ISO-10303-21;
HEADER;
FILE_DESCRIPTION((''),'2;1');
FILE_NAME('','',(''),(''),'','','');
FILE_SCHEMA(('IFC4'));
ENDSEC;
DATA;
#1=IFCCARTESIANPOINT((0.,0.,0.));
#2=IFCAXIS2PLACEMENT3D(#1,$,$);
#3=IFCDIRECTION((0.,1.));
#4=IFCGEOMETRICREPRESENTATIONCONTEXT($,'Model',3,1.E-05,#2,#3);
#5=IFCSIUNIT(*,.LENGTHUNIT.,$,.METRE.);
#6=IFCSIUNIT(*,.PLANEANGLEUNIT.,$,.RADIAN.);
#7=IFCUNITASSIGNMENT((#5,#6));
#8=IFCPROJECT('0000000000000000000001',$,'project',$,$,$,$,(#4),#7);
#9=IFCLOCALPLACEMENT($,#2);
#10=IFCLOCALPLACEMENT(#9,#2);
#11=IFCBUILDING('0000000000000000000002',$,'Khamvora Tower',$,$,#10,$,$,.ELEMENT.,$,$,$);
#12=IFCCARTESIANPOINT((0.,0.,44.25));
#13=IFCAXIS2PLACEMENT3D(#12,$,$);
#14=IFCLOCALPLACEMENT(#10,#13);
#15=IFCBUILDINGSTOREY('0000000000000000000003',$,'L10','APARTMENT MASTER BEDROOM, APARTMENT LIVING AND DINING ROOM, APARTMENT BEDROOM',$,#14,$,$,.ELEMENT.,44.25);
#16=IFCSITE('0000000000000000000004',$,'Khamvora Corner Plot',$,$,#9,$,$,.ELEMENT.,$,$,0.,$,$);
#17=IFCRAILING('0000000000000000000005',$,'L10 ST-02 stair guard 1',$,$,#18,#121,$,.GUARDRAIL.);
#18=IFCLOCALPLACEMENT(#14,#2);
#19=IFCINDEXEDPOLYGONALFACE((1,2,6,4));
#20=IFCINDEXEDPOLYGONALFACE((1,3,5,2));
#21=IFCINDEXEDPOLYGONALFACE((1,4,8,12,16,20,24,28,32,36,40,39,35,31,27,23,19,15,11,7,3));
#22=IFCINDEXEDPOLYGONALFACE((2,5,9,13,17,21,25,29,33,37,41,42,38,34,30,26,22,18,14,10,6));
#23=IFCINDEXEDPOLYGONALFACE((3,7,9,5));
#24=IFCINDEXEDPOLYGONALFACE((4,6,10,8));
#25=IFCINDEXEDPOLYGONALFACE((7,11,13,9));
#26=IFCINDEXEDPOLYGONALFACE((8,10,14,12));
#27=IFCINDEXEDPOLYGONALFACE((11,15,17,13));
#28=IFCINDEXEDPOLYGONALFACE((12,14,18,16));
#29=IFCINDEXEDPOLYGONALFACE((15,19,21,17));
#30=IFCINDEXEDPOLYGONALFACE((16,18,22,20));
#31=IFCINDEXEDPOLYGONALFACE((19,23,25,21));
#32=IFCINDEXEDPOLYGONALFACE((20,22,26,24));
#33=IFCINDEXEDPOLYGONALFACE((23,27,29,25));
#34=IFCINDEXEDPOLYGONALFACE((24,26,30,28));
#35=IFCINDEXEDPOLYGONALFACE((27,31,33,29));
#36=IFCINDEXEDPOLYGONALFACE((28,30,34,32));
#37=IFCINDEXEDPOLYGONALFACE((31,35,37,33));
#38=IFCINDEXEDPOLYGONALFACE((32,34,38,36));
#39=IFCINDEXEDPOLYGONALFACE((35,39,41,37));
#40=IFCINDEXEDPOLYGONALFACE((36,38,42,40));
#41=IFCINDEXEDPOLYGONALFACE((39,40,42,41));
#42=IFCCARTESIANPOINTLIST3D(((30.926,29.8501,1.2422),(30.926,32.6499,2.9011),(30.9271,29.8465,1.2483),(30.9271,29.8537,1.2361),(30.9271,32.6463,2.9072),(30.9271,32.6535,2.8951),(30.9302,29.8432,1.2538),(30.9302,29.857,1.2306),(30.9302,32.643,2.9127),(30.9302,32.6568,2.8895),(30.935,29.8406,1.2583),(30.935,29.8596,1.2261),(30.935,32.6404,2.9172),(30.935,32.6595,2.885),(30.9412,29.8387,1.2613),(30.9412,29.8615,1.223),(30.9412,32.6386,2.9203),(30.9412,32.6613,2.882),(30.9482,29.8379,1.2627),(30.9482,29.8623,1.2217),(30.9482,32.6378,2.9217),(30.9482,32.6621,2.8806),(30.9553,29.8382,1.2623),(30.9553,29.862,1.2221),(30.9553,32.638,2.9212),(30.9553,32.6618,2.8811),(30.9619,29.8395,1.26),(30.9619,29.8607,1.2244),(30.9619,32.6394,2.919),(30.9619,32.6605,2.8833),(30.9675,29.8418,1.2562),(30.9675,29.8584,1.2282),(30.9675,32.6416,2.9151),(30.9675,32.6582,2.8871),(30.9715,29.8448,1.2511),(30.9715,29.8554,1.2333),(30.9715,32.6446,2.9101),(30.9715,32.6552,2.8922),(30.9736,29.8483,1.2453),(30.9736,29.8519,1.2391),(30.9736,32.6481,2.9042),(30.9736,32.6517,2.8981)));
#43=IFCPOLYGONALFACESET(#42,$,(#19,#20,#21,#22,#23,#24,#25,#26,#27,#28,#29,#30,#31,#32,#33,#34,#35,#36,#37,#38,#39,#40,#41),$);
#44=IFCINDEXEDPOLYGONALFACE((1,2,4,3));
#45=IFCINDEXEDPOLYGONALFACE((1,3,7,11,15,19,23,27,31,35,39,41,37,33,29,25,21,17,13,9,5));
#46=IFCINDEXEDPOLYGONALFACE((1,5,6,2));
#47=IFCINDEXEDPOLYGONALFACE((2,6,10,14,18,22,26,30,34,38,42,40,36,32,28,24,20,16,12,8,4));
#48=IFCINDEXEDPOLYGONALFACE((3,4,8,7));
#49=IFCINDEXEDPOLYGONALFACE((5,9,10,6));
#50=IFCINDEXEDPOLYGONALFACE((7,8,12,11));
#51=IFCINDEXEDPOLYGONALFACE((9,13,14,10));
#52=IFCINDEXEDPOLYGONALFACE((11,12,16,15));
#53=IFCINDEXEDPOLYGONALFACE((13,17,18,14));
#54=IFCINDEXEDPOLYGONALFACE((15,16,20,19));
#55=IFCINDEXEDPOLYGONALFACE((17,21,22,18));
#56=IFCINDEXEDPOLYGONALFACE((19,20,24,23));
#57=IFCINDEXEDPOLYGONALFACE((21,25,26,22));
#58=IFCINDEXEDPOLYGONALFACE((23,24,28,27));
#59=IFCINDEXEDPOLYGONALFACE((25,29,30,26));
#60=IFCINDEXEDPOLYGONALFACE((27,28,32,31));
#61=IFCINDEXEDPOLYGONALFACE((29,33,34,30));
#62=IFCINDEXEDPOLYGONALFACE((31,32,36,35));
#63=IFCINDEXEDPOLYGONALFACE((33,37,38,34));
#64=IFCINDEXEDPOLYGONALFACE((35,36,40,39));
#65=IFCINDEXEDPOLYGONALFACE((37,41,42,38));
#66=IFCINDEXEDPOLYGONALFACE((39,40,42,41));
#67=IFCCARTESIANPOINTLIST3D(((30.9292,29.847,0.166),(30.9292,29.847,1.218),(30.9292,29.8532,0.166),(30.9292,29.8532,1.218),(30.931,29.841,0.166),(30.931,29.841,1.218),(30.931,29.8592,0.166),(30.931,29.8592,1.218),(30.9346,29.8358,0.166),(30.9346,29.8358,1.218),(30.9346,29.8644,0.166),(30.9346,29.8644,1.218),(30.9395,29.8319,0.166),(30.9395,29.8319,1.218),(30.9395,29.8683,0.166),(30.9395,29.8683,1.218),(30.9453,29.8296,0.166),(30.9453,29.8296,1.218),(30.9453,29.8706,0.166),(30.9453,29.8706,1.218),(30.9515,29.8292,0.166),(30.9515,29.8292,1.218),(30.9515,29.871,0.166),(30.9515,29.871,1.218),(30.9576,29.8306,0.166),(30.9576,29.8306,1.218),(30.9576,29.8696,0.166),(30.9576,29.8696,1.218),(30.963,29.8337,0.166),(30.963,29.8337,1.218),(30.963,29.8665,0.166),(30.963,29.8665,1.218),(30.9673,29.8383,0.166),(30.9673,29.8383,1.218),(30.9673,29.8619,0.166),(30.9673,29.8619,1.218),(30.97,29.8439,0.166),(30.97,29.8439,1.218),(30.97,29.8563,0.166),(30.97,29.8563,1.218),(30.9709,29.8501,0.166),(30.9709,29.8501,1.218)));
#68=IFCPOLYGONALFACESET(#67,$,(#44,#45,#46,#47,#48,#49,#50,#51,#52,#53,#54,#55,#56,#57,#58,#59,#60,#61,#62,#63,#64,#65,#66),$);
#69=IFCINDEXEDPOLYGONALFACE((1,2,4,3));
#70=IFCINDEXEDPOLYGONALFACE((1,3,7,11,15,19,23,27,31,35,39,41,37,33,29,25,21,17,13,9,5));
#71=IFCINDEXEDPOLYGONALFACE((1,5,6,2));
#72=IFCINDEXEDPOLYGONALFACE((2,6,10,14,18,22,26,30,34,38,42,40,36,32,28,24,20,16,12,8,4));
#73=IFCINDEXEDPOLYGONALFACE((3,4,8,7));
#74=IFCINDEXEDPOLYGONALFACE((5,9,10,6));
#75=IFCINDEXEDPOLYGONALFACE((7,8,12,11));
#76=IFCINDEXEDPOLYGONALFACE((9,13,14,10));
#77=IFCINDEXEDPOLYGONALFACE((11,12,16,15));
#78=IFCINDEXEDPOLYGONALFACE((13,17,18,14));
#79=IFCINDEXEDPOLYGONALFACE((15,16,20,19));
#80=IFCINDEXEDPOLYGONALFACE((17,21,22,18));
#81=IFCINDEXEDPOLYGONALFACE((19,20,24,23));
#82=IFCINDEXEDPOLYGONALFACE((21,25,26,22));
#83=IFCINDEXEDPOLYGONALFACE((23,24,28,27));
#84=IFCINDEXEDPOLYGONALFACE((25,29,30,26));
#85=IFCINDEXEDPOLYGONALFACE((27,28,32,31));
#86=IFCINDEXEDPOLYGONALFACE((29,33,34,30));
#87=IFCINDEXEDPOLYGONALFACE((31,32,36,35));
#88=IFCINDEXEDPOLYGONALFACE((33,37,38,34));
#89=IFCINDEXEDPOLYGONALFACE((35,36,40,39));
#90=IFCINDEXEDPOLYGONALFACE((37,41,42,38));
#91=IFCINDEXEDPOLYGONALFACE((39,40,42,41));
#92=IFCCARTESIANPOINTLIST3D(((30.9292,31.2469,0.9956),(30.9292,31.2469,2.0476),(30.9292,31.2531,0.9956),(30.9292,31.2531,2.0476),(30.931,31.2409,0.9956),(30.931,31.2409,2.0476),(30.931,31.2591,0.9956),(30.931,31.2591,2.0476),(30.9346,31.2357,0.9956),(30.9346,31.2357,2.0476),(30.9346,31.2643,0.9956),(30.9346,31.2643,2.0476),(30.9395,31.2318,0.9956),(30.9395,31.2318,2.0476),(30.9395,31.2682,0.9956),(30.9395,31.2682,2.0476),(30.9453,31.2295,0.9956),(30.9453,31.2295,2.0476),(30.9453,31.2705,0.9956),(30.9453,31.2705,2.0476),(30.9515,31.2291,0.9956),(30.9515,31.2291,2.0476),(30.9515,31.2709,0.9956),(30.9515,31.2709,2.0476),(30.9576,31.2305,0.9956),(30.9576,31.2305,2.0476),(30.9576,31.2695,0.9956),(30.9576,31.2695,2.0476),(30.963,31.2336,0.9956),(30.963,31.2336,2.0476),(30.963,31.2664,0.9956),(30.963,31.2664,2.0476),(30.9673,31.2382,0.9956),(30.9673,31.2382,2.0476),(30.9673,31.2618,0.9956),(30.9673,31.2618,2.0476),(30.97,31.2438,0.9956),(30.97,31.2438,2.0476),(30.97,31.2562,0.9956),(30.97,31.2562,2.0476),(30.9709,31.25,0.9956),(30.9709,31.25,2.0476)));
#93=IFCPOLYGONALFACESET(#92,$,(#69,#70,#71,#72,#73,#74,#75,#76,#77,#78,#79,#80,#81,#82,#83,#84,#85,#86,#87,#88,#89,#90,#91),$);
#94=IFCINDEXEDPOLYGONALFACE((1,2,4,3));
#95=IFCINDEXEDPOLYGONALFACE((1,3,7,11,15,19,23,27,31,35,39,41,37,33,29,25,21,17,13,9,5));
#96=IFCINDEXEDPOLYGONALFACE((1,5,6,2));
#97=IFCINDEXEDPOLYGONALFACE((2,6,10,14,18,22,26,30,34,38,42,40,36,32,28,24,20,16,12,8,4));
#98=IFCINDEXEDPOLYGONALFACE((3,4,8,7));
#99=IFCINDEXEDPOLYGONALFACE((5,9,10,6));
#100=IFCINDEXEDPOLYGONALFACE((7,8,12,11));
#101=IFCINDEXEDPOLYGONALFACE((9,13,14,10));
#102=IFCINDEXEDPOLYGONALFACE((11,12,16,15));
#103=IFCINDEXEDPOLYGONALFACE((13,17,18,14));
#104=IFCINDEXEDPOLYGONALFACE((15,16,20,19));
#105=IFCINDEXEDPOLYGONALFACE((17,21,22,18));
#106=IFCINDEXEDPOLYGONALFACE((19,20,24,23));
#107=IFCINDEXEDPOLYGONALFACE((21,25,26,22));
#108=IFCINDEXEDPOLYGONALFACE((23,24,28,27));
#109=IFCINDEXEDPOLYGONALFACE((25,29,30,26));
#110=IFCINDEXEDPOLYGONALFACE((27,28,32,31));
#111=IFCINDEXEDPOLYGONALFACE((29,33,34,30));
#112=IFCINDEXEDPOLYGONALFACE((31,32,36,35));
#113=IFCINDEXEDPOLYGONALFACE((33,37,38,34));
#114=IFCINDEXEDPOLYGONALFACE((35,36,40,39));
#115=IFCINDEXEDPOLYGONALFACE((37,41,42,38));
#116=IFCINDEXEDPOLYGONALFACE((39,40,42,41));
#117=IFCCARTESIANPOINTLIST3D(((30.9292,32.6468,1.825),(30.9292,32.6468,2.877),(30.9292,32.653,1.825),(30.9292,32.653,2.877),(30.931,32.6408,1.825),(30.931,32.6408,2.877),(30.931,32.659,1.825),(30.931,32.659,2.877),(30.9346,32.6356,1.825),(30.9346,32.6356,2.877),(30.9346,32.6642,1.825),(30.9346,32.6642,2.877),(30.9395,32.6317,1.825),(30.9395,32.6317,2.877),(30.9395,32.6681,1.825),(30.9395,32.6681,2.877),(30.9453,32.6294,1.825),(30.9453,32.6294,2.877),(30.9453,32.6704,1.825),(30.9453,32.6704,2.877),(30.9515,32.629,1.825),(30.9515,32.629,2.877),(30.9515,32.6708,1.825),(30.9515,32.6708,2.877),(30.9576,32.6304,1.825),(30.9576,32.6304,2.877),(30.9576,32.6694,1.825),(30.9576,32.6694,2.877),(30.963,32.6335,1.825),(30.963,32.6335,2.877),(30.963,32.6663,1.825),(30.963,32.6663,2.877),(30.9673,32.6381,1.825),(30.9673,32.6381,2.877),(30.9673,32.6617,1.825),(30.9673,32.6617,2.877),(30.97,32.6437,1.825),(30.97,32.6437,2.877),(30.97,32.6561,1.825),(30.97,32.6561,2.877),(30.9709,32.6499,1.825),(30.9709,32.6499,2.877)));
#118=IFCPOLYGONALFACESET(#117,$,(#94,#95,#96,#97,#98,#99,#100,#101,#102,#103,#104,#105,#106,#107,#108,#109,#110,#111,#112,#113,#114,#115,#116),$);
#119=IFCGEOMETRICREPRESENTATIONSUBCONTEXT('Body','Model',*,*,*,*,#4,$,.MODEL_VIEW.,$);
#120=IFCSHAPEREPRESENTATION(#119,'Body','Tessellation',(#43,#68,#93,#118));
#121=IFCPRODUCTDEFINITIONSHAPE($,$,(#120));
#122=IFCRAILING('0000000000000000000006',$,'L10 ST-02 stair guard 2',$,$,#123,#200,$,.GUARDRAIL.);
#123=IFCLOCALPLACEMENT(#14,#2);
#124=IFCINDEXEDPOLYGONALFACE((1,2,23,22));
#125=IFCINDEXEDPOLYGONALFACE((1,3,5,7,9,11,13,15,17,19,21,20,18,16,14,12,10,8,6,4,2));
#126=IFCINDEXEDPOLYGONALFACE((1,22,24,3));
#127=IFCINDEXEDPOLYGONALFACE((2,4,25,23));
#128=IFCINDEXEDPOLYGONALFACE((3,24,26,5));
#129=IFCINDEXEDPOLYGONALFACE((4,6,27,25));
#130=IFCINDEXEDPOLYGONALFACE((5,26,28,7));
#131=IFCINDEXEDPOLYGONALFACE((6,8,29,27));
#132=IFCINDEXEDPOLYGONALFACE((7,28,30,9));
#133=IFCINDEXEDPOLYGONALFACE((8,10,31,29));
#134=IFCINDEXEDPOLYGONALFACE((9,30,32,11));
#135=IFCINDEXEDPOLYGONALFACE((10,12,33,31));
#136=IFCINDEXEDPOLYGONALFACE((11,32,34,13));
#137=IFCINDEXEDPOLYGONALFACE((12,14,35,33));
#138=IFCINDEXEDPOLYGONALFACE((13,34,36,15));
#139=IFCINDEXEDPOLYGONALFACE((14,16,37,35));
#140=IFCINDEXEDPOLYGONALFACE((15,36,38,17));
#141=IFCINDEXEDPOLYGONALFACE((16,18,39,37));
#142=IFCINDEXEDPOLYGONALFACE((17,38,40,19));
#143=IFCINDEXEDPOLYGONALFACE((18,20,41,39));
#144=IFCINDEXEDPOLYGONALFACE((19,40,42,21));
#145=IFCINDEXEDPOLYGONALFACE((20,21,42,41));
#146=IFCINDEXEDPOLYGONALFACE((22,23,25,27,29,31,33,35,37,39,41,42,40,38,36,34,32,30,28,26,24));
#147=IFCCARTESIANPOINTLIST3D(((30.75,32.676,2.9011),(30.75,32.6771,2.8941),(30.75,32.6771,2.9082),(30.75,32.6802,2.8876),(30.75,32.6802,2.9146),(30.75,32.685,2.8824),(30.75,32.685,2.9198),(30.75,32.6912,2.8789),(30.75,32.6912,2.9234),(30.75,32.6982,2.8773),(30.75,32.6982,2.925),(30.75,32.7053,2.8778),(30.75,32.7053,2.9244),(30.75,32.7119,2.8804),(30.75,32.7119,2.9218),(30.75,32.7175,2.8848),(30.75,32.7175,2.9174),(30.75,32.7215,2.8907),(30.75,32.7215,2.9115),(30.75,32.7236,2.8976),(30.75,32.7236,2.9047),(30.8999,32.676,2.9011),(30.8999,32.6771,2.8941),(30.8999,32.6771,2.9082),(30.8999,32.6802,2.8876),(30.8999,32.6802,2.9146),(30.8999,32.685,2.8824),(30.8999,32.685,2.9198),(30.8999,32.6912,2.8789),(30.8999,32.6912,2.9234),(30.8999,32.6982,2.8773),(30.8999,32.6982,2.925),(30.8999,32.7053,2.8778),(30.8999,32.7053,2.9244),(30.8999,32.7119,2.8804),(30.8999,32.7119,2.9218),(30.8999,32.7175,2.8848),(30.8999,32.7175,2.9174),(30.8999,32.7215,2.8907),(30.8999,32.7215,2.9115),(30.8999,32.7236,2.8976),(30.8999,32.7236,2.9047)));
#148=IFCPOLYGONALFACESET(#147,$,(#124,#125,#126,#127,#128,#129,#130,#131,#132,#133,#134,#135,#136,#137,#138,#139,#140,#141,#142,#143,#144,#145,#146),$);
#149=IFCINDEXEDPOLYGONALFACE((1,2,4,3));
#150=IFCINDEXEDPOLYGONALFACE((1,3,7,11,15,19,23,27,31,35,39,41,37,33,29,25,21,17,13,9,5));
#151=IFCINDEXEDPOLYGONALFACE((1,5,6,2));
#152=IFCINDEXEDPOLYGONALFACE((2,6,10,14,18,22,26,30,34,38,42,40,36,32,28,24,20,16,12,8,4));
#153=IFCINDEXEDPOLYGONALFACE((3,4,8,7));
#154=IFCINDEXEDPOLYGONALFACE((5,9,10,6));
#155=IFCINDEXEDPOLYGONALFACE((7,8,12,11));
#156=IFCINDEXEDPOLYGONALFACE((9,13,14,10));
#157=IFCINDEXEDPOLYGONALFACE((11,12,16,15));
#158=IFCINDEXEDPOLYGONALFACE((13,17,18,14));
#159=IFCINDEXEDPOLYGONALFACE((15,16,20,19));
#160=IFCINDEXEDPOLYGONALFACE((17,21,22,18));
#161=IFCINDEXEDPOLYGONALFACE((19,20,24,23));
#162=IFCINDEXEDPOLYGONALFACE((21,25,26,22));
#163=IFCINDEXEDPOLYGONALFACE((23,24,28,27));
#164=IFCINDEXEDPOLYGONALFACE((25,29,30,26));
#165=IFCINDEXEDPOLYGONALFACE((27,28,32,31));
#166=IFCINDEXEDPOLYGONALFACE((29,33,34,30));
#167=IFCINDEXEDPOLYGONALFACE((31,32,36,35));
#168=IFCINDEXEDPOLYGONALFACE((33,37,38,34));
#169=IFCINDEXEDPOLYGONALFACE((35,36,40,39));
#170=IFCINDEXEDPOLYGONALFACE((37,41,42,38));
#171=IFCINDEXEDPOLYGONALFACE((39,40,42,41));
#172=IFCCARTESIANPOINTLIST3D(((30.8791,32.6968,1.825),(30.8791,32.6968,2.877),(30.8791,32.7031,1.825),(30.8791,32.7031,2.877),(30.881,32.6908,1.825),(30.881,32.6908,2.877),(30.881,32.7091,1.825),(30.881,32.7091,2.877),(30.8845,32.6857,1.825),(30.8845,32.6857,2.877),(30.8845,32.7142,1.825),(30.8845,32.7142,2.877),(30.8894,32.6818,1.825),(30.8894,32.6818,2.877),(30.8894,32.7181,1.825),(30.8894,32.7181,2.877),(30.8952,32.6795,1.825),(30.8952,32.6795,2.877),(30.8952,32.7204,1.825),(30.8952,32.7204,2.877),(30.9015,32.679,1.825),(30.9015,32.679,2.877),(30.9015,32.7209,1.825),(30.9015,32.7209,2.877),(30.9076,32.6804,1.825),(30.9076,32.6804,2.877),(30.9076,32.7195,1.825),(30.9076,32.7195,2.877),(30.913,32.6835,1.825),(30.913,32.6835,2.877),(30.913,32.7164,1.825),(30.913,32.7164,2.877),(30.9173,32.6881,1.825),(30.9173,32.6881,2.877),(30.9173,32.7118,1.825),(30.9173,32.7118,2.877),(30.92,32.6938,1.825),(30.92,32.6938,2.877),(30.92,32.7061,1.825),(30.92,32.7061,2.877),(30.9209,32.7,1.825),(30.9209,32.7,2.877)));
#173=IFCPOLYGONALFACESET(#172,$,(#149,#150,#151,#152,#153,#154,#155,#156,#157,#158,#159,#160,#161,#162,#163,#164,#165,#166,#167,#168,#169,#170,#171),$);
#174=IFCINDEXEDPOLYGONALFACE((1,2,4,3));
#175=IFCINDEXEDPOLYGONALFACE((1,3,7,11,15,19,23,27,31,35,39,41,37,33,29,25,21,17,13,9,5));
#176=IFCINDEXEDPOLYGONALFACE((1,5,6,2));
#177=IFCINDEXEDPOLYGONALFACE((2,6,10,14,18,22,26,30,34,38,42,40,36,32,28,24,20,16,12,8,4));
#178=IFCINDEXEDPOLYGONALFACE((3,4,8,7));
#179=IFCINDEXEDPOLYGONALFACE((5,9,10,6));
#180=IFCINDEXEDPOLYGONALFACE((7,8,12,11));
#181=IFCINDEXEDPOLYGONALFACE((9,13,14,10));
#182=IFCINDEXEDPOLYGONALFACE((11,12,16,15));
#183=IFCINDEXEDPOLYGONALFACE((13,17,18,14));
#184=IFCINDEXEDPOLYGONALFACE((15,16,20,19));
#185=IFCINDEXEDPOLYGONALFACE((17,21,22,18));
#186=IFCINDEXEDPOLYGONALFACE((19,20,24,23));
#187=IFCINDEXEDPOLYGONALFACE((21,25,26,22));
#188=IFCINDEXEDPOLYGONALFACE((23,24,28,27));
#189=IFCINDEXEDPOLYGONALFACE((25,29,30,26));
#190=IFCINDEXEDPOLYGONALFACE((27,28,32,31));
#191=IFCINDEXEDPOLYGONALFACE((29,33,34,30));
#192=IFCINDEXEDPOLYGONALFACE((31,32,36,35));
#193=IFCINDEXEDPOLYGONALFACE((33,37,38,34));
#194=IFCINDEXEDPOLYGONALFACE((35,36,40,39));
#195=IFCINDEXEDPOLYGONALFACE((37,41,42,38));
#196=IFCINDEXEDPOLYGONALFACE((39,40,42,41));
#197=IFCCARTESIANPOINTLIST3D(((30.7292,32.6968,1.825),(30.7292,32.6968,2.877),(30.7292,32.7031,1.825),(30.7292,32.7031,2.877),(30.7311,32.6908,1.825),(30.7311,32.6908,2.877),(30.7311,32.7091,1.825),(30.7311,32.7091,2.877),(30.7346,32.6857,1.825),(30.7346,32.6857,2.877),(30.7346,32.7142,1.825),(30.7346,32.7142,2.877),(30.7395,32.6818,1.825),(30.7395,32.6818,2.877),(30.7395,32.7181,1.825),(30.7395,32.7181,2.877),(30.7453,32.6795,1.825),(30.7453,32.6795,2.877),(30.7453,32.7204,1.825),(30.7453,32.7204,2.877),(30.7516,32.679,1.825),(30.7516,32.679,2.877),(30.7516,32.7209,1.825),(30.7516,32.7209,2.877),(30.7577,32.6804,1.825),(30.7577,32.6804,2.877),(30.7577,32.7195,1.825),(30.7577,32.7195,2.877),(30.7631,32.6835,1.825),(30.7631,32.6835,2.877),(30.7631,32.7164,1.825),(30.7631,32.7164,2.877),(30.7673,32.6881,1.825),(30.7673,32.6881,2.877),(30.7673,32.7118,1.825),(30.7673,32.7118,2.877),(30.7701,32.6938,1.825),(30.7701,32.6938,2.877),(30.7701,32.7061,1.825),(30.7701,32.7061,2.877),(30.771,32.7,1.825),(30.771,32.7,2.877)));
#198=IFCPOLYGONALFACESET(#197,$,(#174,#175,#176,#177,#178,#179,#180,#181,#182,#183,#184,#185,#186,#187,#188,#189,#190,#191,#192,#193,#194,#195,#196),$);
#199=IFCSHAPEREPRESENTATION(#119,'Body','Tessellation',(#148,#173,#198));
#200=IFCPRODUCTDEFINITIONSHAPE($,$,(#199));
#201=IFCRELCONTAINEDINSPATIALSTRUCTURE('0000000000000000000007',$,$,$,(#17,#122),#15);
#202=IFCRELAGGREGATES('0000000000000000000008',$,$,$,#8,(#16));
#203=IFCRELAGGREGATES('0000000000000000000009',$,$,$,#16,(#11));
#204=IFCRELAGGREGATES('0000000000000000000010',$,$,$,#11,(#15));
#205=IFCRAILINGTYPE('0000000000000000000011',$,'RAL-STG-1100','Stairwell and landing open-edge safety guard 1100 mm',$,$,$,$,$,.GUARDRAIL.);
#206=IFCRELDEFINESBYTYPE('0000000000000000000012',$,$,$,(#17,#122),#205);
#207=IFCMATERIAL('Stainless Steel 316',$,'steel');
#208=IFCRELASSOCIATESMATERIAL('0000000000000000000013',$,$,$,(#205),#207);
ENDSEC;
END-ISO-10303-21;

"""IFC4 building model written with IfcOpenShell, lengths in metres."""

from ifc_helpers import new_model, si_unit, direction, frame, origin, origin_2d, place, context, subcontext, project, spatial, circle, extrude, material, type_object, element, save


model = new_model("IFC4")

# Units and contexts
model_context = context("Model", 3, precision=1e-05, world=origin(), true_north=direction((0.0, 1.0)))
body_context = subcontext(model_context, "Body", "Model", "MODEL_VIEW")
ifc_project = project(units=[si_unit("LENGTHUNIT", "METRE"), si_unit("PLANEANGLEUNIT", "RADIAN")], contexts=[model_context])

# Site, building, storey
site_placement = place(None, origin())
site = spatial("IfcSite", under=ifc_project, at=site_placement, Name="Khamvora Corner Plot", CompositionType="ELEMENT", RefElevation=0.0)
building_placement = place(site_placement, origin())
building = spatial("IfcBuilding", under=site, at=building_placement, Name="Khamvora Tower", CompositionType="ELEMENT")
storey_placement = place(building_placement, frame((0.0, 0.0, 44.25)))
storey = spatial("IfcBuildingStorey", under=building, at=storey_placement, Name="L10", Description="APARTMENT MASTER BEDROOM, APARTMENT LIVING AND DINING ROOM, APARTMENT BEDROOM", CompositionType="ELEMENT", Elevation=44.25)

# Railings
ifc_material_1 = material(Name="Stainless Steel 316", Category="steel")
railing_type_1 = type_object("IfcRailingType", Name="RAL-STG-1100", Description="Stairwell and landing open-edge safety guard 1100 mm", PredefinedType="GUARDRAIL", material=ifc_material_1)
railing_1_placement = place(storey_placement, frame((30.95, 29.8501, 0.166)))
element("IfcRailing", 1, at=railing_1_placement, inside=storey, type_object=railing_type_1, Name="L10 ST-02 stair guard 1", PredefinedType="GUARDRAIL", context=body_context, shape_type="SweptSolid", body=[
    extrude(circle(Radius=0.0239, at=origin_2d()), frame((0.0, 0.0, 1.0762), z_axis=(0.0, 0.86032, 0.509755), x_axis=(-1.0, 0.0, 0.0)), (0.0, 0.0, 1.0), 3.2544),
    extrude(circle(Radius=0.021, at=origin_2d()), origin(), (0.0, 0.0, 1.0), 1.052),
    extrude(circle(Radius=0.021, at=origin_2d()), frame((0.0, 1.3999, 0.8296)), (0.0, 0.0, 1.0), 1.052),
    extrude(circle(Radius=0.021, at=origin_2d()), frame((0.0, 2.7998, 1.6589)), (0.0, 0.0, 1.0), 1.052),
])
railing_2_placement = place(storey_placement, frame((30.8999, 32.7, 1.825)))
element("IfcRailing", 2, at=railing_2_placement, inside=storey, type_object=railing_type_1, Name="L10 ST-02 stair guard 2", PredefinedType="GUARDRAIL", context=body_context, shape_type="SweptSolid", body=[
    extrude(circle(Radius=0.0239, at=origin_2d()), frame((0.0, 0.0, 1.0762), z_axis=(-1.0, 0.0, 0.0), x_axis=(0.0, -1.0, 0.0)), (0.0, 0.0, 1.0), 0.1499),
    extrude(circle(Radius=0.021, at=origin_2d()), origin(), (0.0, 0.0, 1.0), 1.052),
    extrude(circle(Radius=0.021, at=origin_2d()), frame((-0.1499, 0.0, 0.0)), (0.0, 0.0, 1.0), 1.052),
])

save(model, "model.ifc")
